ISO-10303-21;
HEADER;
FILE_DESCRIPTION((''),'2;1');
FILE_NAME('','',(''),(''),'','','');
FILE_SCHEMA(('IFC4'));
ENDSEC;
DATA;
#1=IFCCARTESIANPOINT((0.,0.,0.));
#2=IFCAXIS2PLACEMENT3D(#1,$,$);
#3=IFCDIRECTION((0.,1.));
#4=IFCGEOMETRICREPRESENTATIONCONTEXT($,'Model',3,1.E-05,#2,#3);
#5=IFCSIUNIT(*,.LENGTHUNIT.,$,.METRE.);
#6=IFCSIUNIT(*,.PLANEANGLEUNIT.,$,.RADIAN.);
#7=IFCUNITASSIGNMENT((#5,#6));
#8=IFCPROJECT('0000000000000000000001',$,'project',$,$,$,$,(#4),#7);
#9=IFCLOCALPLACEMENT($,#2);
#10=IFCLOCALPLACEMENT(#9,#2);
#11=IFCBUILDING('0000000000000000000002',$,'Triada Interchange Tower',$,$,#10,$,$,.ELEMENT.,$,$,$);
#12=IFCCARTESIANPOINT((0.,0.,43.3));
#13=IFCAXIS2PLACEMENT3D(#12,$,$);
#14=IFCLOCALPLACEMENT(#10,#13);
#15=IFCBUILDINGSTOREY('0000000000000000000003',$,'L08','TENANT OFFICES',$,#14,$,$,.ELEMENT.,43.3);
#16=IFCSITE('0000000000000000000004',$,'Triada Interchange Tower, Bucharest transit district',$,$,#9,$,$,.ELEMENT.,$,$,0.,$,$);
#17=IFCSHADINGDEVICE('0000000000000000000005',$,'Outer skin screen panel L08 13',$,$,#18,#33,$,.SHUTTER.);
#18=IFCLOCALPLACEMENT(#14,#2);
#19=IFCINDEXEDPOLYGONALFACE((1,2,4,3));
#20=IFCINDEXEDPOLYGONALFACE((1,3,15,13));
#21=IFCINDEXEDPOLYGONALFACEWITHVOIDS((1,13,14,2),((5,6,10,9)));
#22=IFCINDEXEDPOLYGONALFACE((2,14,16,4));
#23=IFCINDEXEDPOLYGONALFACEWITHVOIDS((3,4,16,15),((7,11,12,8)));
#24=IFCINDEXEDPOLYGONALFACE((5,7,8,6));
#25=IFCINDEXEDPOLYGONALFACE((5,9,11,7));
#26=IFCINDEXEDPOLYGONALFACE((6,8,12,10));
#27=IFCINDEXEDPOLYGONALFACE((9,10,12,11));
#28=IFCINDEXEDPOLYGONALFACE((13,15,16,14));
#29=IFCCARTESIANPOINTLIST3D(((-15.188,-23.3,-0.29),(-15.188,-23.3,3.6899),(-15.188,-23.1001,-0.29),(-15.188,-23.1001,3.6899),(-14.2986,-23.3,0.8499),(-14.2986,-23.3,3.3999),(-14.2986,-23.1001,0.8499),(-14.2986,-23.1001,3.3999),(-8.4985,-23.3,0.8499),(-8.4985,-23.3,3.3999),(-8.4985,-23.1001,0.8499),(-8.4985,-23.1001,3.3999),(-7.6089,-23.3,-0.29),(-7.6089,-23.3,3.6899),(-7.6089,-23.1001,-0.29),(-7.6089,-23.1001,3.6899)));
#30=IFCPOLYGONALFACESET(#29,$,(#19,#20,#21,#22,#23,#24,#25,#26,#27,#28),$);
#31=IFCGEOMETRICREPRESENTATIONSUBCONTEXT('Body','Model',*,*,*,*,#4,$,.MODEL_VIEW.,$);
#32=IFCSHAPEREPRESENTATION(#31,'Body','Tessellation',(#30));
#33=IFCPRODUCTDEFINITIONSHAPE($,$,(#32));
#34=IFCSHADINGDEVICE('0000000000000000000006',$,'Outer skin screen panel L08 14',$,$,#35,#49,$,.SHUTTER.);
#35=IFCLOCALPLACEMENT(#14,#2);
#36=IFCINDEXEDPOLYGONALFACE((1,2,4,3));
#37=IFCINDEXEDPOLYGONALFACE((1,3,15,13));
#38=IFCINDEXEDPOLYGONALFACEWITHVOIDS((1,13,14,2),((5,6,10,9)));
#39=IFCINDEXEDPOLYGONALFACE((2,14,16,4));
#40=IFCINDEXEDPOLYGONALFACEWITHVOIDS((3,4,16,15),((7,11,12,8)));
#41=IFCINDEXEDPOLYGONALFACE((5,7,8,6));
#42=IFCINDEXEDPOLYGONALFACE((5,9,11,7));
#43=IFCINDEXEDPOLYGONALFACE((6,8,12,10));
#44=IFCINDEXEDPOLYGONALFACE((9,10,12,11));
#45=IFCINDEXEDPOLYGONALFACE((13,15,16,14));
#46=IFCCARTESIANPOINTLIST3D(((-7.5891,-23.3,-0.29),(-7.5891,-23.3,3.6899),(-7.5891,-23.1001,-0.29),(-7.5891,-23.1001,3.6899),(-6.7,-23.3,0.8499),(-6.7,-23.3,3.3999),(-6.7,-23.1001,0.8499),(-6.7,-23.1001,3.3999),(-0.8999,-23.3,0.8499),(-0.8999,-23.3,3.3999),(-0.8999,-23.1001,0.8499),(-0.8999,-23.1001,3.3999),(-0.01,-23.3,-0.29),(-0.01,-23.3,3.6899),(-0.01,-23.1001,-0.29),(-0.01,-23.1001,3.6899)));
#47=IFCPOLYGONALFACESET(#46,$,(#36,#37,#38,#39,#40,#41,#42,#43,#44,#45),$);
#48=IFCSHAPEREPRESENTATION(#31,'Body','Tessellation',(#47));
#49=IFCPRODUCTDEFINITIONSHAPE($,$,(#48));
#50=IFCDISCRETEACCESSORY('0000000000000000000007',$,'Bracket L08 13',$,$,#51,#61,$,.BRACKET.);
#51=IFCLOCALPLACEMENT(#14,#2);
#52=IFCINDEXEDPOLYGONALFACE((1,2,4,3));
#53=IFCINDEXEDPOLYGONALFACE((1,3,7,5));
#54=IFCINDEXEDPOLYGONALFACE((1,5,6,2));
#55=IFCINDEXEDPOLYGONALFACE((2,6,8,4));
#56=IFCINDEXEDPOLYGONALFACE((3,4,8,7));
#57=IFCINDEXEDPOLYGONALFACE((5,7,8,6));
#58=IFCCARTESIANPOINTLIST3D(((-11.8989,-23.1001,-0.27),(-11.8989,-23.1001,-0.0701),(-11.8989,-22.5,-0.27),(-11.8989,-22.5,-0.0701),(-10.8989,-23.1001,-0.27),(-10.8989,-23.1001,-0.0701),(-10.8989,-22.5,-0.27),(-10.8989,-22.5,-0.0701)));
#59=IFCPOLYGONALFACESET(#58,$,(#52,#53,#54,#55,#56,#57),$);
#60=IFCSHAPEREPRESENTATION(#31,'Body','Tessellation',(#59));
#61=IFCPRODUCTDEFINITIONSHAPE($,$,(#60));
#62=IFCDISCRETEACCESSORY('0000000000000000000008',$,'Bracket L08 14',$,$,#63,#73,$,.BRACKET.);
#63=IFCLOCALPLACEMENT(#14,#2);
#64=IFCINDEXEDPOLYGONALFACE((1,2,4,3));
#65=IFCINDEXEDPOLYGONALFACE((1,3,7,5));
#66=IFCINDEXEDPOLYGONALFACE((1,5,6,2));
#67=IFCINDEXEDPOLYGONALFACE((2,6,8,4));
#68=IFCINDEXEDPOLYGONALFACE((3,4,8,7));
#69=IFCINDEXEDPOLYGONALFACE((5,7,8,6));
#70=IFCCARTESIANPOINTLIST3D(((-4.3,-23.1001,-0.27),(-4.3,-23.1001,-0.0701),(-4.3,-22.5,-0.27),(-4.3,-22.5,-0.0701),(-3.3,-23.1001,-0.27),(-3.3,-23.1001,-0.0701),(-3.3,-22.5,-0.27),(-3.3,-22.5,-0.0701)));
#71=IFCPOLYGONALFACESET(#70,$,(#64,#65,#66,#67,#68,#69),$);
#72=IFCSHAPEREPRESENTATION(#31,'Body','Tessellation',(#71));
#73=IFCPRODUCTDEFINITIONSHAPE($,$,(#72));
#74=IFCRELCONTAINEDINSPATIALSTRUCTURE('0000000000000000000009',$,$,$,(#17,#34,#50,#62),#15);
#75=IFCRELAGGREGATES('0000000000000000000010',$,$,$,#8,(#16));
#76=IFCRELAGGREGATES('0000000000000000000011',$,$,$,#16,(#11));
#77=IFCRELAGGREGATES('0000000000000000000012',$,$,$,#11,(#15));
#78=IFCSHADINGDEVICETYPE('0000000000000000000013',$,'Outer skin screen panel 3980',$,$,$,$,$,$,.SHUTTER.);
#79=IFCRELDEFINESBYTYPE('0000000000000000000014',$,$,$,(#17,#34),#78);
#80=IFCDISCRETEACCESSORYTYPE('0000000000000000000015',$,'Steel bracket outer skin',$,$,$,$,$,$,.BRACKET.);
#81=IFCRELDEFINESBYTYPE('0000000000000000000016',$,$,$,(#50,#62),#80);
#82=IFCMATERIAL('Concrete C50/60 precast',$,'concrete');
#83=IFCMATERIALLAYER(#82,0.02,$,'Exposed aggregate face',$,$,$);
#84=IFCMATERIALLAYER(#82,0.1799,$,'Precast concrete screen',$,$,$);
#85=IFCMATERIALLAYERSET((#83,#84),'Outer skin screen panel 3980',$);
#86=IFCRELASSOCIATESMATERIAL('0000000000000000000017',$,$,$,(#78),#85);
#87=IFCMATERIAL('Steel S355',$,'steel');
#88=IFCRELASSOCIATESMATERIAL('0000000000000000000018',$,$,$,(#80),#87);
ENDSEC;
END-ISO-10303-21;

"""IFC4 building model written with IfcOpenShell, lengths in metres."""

from ifc_helpers import new_model, si_unit, direction, frame, origin, origin_2d, place, context, subcontext, project, spatial, polyline, rectangle, outline, extrude, material, layer, layer_set, type_object, element, save


model = new_model("IFC4")

# Units and contexts
model_context = context("Model", 3, precision=1e-05, world=origin(), true_north=direction((0.0, 1.0)))
body_context = subcontext(model_context, "Body", "Model", "MODEL_VIEW")
ifc_project = project(units=[si_unit("LENGTHUNIT", "METRE"), si_unit("PLANEANGLEUNIT", "RADIAN")], contexts=[model_context])

# Site, building, storey
site_placement = place(None, origin())
site = spatial("IfcSite", under=ifc_project, at=site_placement, Name="Triada Interchange Tower, Bucharest transit district", CompositionType="ELEMENT", RefElevation=0.0)
building_placement = place(site_placement, origin())
building = spatial("IfcBuilding", under=site, at=building_placement, Name="Triada Interchange Tower", CompositionType="ELEMENT")
storey_placement = place(building_placement, frame((0.0, 0.0, 43.3)))
storey = spatial("IfcBuildingStorey", under=building, at=storey_placement, Name="L08", Description="TENANT OFFICES", CompositionType="ELEMENT", Elevation=43.3)

# Shading devices
ifc_material_1 = material(Name="Concrete C50/60 precast", Category="concrete")
ifc_layer_1 = layer(ifc_material_1, 0.02, Name="Exposed aggregate face")
ifc_layer_2 = layer(ifc_material_1, 0.1799, Name="Precast concrete screen")
ifc_layer_set_1 = layer_set([ifc_layer_1, ifc_layer_2], Name="Outer skin screen panel 3980")
shading_device_type = type_object("IfcShadingDeviceType", Name="Outer skin screen panel 3980", PredefinedType="SHUTTER", material=ifc_layer_set_1)
shading_device_1_placement = place(storey_placement, frame((-15.188, -23.1001, -0.29), z_axis=(0.0, 0.0, 1.0), x_axis=(1.0, 0.0, 0.0)))
element("IfcShadingDevice", 1, at=shading_device_1_placement, inside=storey, type_object=shading_device_type, Name="Outer skin screen panel L08 13", PredefinedType="SHUTTER", context=body_context, shape_type="SweptSolid", body=[
    extrude(outline(polyline([(0.0, 0.0), (7.5791, 0.0), (7.5791, 3.98), (0.0, 3.98), (0.0, 0.0)]), holes=[polyline([(0.8894, 1.1399), (0.8894, 3.6899), (6.6895, 3.6899), (6.6895, 1.1399), (0.8894, 1.1399)])]), frame((0.0, 0.0, 0.0), z_axis=(0.0, -1.0, 0.0), x_axis=(1.0, 0.0, 0.0)), (0.0, 0.0, 1.0), 0.2),
])
shading_device_2_placement = place(storey_placement, frame((-7.5891, -23.1001, -0.29), z_axis=(0.0, 0.0, 1.0), x_axis=(1.0, 0.0, 0.0)))
element("IfcShadingDevice", 2, at=shading_device_2_placement, inside=storey, type_object=shading_device_type, Name="Outer skin screen panel L08 14", PredefinedType="SHUTTER", context=body_context, shape_type="SweptSolid", body=[
    extrude(outline(polyline([(0.0, 0.0), (7.5791, 0.0), (7.5791, 3.98), (0.0, 3.98), (0.0, 0.0)]), holes=[polyline([(0.8892, 1.1399), (0.8892, 3.6899), (6.6892, 3.6899), (6.6892, 1.1399), (0.8892, 1.1399)])]), frame((0.0, 0.0, 0.0), z_axis=(0.0, -1.0, 0.0), x_axis=(1.0, 0.0, 0.0)), (0.0, 0.0, 1.0), 0.2),
])

# Discrete accessories
ifc_material_2 = material(Name="Steel S355", Category="steel")
discrete_accessory_type = type_object("IfcDiscreteAccessoryType", Name="Steel bracket outer skin", PredefinedType="BRACKET", material=ifc_material_2)
for number, where, z_axis, x_axis, name in (
    (3, (-11.3989, -22.8, -0.27), (0.0, 0.0, 1.0), (0.0, -1.0, 0.0), "Bracket L08 13"),
    (4, (-3.8, -22.8, -0.27), (0.0, 0.0, 1.0), (0.0, -1.0, 0.0), "Bracket L08 14"),
):
    element("IfcDiscreteAccessory", number, at=place(storey_placement, frame(where, z_axis=z_axis, x_axis=x_axis)), inside=storey, type_object=discrete_accessory_type, Name=name, PredefinedType="BRACKET", context=body_context, shape_type="SweptSolid", body=[
        extrude(rectangle(XDim=0.6001, YDim=1.0, at=origin_2d()), origin(), (0.0, 0.0, 1.0), 0.2),
    ])

save(model, "model.ifc")
